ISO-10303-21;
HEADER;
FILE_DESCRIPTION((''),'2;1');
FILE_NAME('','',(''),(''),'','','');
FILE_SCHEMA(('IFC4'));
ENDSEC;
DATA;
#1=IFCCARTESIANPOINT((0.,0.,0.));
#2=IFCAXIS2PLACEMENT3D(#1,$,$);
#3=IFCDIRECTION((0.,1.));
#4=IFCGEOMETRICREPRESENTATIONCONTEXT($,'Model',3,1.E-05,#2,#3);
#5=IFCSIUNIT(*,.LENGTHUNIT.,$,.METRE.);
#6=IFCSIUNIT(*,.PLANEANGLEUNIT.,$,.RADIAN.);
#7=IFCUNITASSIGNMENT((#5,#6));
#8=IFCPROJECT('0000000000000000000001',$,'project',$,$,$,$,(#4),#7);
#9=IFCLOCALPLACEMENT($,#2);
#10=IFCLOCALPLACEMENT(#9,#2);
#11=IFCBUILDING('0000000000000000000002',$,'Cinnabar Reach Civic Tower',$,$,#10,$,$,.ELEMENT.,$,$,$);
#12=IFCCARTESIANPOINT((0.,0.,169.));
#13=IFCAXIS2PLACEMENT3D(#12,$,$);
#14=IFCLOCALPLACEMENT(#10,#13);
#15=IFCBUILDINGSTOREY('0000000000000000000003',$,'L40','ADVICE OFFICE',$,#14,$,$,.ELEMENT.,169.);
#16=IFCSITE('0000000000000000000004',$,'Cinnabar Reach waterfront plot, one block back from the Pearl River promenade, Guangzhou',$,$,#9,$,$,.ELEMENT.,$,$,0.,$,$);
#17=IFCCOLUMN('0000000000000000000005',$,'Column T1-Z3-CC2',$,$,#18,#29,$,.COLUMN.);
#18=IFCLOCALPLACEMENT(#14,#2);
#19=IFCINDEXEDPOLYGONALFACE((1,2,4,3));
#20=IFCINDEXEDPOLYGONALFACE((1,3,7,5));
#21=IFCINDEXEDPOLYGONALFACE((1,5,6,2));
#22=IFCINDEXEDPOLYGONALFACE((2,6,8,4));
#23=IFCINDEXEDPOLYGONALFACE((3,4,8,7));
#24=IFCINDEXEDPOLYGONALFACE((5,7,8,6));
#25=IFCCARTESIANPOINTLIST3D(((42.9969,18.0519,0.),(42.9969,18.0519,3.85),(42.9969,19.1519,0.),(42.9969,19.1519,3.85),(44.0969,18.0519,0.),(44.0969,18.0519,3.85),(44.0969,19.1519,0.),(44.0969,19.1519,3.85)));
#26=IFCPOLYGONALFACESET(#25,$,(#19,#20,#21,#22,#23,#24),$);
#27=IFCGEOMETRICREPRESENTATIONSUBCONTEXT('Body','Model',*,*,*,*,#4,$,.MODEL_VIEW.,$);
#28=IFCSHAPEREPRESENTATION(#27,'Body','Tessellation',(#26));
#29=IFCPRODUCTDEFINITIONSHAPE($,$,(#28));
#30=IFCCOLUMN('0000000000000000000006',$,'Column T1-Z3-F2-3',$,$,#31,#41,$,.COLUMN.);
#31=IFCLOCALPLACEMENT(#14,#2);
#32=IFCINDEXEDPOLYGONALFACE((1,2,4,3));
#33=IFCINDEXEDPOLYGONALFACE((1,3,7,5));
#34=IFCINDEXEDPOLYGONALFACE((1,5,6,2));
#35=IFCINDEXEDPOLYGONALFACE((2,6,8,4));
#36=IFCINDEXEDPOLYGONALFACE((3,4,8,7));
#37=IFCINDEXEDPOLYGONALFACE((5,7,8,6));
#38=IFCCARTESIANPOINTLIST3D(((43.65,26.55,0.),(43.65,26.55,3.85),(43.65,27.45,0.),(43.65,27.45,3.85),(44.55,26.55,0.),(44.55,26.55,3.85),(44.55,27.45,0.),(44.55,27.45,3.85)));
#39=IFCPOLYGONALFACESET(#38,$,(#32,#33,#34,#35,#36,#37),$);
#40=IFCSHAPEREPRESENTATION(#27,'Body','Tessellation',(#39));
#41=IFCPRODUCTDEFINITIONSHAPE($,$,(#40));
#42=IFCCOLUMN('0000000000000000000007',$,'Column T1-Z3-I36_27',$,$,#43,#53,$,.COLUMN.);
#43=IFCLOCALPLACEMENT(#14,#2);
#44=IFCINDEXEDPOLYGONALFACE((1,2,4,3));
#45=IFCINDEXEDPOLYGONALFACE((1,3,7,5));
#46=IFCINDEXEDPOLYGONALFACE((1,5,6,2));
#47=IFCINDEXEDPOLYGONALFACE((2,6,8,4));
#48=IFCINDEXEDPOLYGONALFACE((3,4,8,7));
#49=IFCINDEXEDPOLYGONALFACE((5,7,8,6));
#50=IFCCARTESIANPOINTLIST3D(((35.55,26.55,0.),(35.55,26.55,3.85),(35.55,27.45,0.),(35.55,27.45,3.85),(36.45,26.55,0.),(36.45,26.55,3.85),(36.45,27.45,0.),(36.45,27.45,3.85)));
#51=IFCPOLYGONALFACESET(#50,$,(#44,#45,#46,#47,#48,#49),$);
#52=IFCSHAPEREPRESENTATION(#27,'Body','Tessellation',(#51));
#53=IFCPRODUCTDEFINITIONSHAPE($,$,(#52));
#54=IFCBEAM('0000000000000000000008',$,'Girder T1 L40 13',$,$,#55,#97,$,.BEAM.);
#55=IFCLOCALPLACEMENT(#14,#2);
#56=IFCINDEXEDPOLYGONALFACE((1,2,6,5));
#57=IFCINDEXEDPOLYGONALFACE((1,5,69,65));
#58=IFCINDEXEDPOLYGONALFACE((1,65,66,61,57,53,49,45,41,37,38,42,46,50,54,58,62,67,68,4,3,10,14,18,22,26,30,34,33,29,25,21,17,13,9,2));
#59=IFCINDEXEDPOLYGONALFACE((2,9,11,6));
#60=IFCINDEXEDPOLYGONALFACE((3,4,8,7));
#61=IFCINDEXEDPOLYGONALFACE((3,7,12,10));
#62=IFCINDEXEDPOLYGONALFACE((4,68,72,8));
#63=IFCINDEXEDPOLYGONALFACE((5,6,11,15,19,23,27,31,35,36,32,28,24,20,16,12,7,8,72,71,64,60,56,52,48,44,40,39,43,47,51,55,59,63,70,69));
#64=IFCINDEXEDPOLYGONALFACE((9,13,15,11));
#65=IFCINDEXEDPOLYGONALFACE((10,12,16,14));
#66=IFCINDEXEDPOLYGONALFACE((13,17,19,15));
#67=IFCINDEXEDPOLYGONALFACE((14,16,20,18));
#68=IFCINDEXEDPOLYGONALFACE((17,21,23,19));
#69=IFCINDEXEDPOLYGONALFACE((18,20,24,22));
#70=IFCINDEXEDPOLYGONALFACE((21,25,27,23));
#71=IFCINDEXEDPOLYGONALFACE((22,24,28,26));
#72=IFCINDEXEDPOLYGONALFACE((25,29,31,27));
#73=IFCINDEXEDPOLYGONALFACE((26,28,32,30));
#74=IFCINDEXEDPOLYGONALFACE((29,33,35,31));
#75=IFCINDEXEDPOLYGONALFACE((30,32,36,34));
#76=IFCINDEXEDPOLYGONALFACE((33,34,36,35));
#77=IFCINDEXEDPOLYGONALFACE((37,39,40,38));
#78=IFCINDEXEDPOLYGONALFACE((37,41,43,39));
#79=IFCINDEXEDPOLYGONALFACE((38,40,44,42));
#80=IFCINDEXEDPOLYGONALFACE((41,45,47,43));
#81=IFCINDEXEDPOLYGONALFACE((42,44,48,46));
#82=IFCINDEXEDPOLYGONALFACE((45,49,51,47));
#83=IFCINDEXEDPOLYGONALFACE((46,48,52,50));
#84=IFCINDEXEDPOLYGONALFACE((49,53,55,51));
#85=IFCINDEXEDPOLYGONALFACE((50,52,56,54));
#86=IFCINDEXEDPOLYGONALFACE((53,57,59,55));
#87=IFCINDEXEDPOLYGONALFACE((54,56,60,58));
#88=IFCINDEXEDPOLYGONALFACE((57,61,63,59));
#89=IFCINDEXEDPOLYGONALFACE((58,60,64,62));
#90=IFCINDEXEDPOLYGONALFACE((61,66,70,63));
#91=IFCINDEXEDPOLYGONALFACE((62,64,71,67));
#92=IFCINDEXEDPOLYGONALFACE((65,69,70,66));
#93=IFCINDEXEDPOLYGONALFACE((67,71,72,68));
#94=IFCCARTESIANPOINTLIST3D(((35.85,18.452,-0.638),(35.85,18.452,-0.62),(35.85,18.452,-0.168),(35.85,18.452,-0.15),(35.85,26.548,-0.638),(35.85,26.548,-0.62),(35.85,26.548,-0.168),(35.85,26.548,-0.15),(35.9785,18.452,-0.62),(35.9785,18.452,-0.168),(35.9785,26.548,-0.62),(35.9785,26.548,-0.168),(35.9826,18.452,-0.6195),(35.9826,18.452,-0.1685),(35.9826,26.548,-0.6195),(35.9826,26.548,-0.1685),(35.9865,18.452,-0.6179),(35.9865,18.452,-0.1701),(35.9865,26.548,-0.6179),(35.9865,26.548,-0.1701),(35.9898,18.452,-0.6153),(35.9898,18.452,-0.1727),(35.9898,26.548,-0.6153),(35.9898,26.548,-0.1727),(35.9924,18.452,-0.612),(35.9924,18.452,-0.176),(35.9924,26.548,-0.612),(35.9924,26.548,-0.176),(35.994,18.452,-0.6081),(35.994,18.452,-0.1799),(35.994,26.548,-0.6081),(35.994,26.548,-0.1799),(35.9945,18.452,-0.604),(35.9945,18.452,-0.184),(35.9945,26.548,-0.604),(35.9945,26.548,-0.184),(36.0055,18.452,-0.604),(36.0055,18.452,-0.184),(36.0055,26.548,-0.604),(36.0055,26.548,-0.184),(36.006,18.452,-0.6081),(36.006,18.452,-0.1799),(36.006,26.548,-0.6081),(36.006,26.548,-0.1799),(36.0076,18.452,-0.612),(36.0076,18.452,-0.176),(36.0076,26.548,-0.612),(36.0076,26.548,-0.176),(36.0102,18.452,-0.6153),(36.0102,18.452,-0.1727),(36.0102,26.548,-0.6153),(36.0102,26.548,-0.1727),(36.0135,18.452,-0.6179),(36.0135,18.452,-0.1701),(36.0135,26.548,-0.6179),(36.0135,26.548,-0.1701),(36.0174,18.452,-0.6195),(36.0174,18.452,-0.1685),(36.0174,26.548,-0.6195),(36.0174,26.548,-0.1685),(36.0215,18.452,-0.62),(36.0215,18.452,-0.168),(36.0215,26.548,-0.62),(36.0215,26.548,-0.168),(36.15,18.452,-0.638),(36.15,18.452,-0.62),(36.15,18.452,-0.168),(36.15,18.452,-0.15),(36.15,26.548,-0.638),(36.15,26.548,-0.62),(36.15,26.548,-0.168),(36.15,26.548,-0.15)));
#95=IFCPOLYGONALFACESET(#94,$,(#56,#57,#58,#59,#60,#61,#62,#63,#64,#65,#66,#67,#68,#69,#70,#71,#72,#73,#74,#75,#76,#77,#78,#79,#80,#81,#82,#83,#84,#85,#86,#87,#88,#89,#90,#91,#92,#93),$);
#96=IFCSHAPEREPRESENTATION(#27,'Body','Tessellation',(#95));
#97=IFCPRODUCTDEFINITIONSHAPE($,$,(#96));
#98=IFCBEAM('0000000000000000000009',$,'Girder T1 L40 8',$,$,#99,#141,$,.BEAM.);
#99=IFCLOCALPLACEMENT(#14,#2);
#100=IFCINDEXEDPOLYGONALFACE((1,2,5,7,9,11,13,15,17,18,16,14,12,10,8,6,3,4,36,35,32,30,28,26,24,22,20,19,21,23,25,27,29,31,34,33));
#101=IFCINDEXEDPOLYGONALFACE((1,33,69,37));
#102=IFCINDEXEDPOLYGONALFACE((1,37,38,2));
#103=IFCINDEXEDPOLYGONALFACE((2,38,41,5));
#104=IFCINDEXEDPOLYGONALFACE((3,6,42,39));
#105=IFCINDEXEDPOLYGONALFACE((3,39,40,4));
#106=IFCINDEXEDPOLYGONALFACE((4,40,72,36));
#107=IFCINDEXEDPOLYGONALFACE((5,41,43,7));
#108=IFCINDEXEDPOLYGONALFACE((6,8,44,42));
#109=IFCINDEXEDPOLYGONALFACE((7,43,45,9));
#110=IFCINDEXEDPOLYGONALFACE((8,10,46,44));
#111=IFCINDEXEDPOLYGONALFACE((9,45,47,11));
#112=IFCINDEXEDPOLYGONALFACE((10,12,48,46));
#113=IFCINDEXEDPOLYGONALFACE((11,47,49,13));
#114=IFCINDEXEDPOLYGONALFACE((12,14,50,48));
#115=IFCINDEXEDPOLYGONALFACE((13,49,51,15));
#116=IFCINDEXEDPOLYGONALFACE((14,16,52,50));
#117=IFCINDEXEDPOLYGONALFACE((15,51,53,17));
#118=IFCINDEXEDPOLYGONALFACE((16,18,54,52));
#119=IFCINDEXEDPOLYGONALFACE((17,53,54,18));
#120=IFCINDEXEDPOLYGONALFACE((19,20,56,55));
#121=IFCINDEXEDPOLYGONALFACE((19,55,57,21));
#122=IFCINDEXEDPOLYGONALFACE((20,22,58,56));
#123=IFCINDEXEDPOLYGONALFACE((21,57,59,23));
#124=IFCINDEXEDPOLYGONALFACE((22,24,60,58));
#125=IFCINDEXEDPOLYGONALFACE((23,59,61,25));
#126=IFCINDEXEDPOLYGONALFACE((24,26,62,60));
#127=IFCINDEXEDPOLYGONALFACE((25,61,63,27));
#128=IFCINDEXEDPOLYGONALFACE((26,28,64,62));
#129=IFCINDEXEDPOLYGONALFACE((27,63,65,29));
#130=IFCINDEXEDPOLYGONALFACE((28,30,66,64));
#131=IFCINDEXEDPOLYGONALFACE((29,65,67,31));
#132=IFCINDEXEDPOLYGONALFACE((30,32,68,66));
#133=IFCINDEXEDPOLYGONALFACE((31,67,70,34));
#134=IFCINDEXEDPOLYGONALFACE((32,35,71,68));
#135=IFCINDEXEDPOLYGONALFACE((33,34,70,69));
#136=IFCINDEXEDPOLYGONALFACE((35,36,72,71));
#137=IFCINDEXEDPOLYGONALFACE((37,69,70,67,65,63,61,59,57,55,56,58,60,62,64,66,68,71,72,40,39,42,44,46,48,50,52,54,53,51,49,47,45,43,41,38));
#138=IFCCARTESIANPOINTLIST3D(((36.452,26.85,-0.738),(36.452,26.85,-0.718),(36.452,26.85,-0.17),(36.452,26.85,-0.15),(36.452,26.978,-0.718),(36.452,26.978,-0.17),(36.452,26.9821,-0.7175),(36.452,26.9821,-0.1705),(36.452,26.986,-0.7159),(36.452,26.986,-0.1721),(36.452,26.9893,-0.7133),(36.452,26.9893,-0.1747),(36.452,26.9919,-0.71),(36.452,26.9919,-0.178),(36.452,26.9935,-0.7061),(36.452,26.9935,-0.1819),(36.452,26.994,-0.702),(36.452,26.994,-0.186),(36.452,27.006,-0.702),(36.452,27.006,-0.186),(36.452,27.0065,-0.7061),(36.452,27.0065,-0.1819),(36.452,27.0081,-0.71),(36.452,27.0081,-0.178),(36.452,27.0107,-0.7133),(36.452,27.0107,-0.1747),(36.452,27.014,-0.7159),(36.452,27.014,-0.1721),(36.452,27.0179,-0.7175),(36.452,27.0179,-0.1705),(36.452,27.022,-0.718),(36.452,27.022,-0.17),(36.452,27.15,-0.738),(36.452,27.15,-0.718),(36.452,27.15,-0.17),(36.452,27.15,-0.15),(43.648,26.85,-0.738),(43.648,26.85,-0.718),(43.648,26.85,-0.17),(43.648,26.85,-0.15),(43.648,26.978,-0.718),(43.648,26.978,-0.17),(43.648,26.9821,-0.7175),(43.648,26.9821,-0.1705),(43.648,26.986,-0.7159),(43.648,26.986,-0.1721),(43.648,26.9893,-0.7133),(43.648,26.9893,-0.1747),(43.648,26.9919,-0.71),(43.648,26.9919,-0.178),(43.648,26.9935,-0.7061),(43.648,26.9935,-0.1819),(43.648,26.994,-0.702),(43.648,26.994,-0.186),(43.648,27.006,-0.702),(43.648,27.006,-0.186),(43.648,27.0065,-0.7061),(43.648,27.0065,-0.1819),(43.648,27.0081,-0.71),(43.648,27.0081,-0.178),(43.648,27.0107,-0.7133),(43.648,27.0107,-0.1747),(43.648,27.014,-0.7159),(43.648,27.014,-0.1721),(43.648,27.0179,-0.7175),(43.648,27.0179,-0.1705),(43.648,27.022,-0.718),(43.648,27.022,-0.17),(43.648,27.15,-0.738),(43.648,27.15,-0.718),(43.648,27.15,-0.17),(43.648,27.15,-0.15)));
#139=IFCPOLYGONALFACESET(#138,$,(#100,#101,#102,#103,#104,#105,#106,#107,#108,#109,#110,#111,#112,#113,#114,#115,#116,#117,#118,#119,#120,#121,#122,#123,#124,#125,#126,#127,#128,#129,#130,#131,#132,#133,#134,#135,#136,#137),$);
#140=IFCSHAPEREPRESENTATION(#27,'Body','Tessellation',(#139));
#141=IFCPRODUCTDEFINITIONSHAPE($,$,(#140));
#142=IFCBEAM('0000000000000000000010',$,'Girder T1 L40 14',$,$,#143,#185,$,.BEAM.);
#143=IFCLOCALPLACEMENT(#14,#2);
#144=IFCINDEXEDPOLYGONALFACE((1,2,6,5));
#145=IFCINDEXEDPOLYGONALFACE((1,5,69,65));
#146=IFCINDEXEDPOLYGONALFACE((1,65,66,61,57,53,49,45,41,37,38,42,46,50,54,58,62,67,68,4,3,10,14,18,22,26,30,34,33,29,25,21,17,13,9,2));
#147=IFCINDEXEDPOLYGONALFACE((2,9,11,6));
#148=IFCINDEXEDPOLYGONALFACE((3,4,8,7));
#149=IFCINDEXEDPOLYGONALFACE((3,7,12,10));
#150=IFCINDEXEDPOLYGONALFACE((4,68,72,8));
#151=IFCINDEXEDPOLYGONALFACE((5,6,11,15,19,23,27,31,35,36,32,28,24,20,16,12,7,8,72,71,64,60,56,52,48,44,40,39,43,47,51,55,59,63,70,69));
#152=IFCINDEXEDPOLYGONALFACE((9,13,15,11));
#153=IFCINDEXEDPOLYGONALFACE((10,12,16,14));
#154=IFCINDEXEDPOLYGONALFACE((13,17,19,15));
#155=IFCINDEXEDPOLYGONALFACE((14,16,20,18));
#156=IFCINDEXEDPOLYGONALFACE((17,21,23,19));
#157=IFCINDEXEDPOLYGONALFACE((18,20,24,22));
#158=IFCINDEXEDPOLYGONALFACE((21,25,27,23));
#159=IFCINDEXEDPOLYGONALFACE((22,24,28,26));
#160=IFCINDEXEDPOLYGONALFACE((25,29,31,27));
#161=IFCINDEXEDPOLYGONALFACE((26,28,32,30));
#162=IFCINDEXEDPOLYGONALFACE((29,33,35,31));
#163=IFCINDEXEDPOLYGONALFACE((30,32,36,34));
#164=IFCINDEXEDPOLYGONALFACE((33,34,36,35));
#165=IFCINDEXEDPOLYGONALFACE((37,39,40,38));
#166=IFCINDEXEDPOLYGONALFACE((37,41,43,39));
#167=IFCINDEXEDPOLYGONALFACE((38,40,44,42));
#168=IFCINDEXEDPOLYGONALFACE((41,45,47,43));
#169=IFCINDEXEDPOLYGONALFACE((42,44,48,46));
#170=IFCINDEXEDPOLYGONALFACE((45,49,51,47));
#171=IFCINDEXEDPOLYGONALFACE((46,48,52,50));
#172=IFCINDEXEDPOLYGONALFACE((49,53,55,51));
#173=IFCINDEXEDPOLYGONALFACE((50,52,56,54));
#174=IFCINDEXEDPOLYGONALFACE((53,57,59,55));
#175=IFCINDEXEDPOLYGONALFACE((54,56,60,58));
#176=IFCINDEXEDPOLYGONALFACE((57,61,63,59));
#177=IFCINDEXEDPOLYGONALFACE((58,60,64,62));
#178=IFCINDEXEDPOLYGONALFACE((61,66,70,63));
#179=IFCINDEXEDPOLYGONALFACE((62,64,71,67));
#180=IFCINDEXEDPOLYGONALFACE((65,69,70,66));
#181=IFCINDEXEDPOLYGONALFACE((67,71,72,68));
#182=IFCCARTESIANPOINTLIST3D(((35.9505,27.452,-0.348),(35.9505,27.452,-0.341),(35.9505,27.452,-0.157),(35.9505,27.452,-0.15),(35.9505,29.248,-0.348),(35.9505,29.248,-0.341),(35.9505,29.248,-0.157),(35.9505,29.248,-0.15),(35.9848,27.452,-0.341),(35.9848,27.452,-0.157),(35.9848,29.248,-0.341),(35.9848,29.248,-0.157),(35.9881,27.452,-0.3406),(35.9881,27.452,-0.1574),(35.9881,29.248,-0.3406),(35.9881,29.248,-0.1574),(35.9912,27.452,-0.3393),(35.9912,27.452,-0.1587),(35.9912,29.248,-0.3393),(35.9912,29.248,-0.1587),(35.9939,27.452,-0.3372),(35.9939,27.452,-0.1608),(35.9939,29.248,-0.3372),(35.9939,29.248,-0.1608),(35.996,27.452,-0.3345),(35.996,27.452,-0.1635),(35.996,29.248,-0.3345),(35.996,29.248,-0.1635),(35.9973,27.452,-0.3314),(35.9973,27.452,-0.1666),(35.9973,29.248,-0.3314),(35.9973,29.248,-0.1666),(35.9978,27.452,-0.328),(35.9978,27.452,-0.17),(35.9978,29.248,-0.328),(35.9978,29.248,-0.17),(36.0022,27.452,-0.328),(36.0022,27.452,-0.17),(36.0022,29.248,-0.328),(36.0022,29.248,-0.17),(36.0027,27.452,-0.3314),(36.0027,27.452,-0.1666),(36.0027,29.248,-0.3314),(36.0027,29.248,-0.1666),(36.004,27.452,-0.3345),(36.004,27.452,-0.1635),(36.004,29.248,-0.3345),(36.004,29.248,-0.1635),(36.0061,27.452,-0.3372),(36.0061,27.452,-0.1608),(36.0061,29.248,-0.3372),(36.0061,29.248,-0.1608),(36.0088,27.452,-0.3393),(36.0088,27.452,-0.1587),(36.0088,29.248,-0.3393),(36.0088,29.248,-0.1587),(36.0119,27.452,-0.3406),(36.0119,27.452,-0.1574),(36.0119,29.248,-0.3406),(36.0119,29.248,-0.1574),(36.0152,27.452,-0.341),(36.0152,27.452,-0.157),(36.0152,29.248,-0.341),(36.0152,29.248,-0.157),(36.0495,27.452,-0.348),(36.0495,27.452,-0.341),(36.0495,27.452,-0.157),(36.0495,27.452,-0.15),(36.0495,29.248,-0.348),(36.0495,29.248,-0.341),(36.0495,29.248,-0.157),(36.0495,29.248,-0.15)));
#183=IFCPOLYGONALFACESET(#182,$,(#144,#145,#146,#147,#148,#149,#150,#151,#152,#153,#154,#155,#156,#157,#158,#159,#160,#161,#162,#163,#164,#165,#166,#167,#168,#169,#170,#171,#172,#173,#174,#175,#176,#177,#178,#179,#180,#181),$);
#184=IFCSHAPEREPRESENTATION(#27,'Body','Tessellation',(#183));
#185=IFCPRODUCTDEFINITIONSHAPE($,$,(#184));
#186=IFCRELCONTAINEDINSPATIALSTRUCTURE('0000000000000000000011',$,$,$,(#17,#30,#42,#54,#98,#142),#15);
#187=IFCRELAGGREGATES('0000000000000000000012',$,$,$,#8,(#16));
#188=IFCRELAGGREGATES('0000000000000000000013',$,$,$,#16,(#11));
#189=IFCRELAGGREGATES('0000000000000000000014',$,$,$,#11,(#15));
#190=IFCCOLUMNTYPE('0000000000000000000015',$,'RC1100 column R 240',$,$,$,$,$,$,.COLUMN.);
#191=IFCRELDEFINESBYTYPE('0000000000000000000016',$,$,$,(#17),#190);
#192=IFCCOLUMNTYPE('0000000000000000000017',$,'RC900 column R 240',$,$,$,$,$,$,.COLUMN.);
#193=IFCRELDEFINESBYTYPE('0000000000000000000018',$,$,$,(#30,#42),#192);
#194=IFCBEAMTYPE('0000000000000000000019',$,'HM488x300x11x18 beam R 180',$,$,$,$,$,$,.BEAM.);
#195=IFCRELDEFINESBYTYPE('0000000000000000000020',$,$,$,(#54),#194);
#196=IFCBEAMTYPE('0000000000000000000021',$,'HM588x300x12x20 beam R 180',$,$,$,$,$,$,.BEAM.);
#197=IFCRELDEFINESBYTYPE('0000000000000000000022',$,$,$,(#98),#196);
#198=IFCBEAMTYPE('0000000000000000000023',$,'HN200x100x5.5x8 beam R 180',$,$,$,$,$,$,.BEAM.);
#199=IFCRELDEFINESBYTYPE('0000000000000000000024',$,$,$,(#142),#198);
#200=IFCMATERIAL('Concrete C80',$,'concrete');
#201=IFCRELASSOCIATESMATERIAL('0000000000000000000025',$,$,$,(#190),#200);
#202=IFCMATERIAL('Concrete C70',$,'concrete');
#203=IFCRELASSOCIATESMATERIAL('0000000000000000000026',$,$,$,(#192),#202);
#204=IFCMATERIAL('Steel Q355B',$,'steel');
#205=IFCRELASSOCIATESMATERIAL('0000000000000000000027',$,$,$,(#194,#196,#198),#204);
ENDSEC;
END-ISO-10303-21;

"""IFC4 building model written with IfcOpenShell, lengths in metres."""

from ifc_helpers import new_model, si_unit, direction, frame, origin, origin_2d, place, context, subcontext, project, spatial, rectangle, i_section, extrude, material, material_profile, profile_set, type_object, element, save


model = new_model("IFC4")

# Units and contexts
model_context = context("Model", 3, precision=1e-05, world=origin(), true_north=direction((0.0, 1.0)))
body_context = subcontext(model_context, "Body", "Model", "MODEL_VIEW")
ifc_project = project(units=[si_unit("LENGTHUNIT", "METRE"), si_unit("PLANEANGLEUNIT", "RADIAN")], contexts=[model_context])

# Site, building, storey
site_placement = place(None, origin())
site = spatial("IfcSite", under=ifc_project, at=site_placement, Name="Cinnabar Reach waterfront plot, one block back from the Pearl River promenade, Guangzhou", CompositionType="ELEMENT", RefElevation=0.0)
building_placement = place(site_placement, origin())
building = spatial("IfcBuilding", under=site, at=building_placement, Name="Cinnabar Reach Civic Tower", CompositionType="ELEMENT")
storey_placement = place(building_placement, frame((0.0, 0.0, 169.0)))
storey = spatial("IfcBuildingStorey", under=building, at=storey_placement, Name="L40", Description="ADVICE OFFICE", CompositionType="ELEMENT", Elevation=169.0)

# Columns
ifc_material_1 = material(Name="Concrete C80", Category="concrete")
ifc_material_profile_1 = material_profile(ifc_material_1, rectangle(XDim=1.1, YDim=1.1, at=origin_2d()), Name="RC1100")
ifc_profile_set_1 = profile_set([ifc_material_profile_1], Name="Concrete C80")
column_type_1 = type_object("IfcColumnType", Name="RC1100 column R 240", PredefinedType="COLUMN", material=ifc_profile_set_1)
column_placement = place(storey_placement, frame((43.5469, 18.6019, 0.0), z_axis=(0.0, 0.0, 1.0), x_axis=(1.0, 0.0, 0.0)))
element("IfcColumn", 1, at=column_placement, inside=storey, type_object=column_type_1, Name="Column T1-Z3-CC2", PredefinedType="COLUMN", context=body_context, shape_type="SweptSolid", body=[
    extrude(rectangle(XDim=1.1, YDim=1.1, at=origin_2d()), origin(), (0.0, 0.0, 1.0), 3.85),
])
ifc_material_2 = material(Name="Concrete C70", Category="concrete")
ifc_material_profile_2 = material_profile(ifc_material_2, rectangle(XDim=0.9, YDim=0.9, at=origin_2d()), Name="RC900")
ifc_profile_set_2 = profile_set([ifc_material_profile_2], Name="Concrete C70")
column_type_2 = type_object("IfcColumnType", Name="RC900 column R 240", PredefinedType="COLUMN", material=ifc_profile_set_2)
for number, where, z_axis, x_axis, name in (
    (2, (44.1, 27.0, 0.0), (0.0, 0.0, 1.0), (1.0, 0.0, 0.0), "Column T1-Z3-F2-3"),
    (3, (36.0, 27.0, 0.0), (0.0, 0.0, 1.0), (1.0, 0.0, 0.0), "Column T1-Z3-I36_27"),
):
    element("IfcColumn", number, at=place(storey_placement, frame(where, z_axis=z_axis, x_axis=x_axis)), inside=storey, type_object=column_type_2, Name=name, PredefinedType="COLUMN", context=body_context, shape_type="SweptSolid", body=[
        extrude(rectangle(XDim=0.9, YDim=0.9, at=origin_2d()), origin(), (0.0, 0.0, 1.0), 3.85),
    ])

# Beams
ifc_material_3 = material(Name="Steel Q355B", Category="steel")
ifc_material_profile_3 = material_profile(ifc_material_3, i_section(OverallWidth=0.3, OverallDepth=0.488, WebThickness=0.011, FlangeThickness=0.018, FilletRadius=0.016, at=origin_2d()), Name="HM488x300x11x18")
ifc_profile_set_3 = profile_set([ifc_material_profile_3], Name="Steel Q355B")
beam_type_1 = type_object("IfcBeamType", Name="HM488x300x11x18 beam R 180", PredefinedType="BEAM", material=ifc_profile_set_3)
beam_1_placement = place(storey_placement, frame((36.0, 18.452, -0.394), z_axis=(0.0, 1.0, 0.0), x_axis=(-1.0, 0.0, 0.0)))
element("IfcBeam", 4, at=beam_1_placement, inside=storey, type_object=beam_type_1, Name="Girder T1 L40 13", PredefinedType="BEAM", context=body_context, shape_type="SweptSolid", body=[
    extrude(i_section(OverallWidth=0.3, OverallDepth=0.488, WebThickness=0.011, FlangeThickness=0.018, FilletRadius=0.016, at=origin_2d()), origin(), (0.0, 0.0, 1.0), 8.096),
])
ifc_material_profile_4 = material_profile(ifc_material_3, i_section(OverallWidth=0.3, OverallDepth=0.588, WebThickness=0.012, FlangeThickness=0.02, FilletRadius=0.016, at=origin_2d()), Name="HM588x300x12x20")
ifc_profile_set_4 = profile_set([ifc_material_profile_4], Name="Steel Q355B")
beam_type_2 = type_object("IfcBeamType", Name="HM588x300x12x20 beam R 180", PredefinedType="BEAM", material=ifc_profile_set_4)
beam_2_placement = place(storey_placement, frame((36.452, 27.0, -0.444), z_axis=(1.0, 0.0, 0.0), x_axis=(0.0, 1.0, 0.0)))
element("IfcBeam", 5, at=beam_2_placement, inside=storey, type_object=beam_type_2, Name="Girder T1 L40 8", PredefinedType="BEAM", context=body_context, shape_type="SweptSolid", body=[
    extrude(i_section(OverallWidth=0.3, OverallDepth=0.588, WebThickness=0.012, FlangeThickness=0.02, FilletRadius=0.016, at=origin_2d()), origin(), (0.0, 0.0, 1.0), 7.196),
])
ifc_material_profile_5 = material_profile(ifc_material_3, i_section(OverallWidth=0.099, OverallDepth=0.198, WebThickness=0.0045, FlangeThickness=0.007, FilletRadius=0.013, at=origin_2d()), Name="HN200x100x5.5x8")
ifc_profile_set_5 = profile_set([ifc_material_profile_5], Name="Steel Q355B")
beam_type_3 = type_object("IfcBeamType", Name="HN200x100x5.5x8 beam R 180", PredefinedType="BEAM", material=ifc_profile_set_5)
beam_3_placement = place(storey_placement, frame((36.0, 27.452, -0.249), z_axis=(0.0, 1.0, 0.0), x_axis=(-1.0, 0.0, 0.0)))
element("IfcBeam", 6, at=beam_3_placement, inside=storey, type_object=beam_type_3, Name="Girder T1 L40 14", PredefinedType="BEAM", context=body_context, shape_type="SweptSolid", body=[
    extrude(i_section(OverallWidth=0.099, OverallDepth=0.198, WebThickness=0.0045, FlangeThickness=0.007, FilletRadius=0.013, at=origin_2d()), origin(), (0.0, 0.0, 1.0), 1.796),
])

save(model, "model.ifc")
